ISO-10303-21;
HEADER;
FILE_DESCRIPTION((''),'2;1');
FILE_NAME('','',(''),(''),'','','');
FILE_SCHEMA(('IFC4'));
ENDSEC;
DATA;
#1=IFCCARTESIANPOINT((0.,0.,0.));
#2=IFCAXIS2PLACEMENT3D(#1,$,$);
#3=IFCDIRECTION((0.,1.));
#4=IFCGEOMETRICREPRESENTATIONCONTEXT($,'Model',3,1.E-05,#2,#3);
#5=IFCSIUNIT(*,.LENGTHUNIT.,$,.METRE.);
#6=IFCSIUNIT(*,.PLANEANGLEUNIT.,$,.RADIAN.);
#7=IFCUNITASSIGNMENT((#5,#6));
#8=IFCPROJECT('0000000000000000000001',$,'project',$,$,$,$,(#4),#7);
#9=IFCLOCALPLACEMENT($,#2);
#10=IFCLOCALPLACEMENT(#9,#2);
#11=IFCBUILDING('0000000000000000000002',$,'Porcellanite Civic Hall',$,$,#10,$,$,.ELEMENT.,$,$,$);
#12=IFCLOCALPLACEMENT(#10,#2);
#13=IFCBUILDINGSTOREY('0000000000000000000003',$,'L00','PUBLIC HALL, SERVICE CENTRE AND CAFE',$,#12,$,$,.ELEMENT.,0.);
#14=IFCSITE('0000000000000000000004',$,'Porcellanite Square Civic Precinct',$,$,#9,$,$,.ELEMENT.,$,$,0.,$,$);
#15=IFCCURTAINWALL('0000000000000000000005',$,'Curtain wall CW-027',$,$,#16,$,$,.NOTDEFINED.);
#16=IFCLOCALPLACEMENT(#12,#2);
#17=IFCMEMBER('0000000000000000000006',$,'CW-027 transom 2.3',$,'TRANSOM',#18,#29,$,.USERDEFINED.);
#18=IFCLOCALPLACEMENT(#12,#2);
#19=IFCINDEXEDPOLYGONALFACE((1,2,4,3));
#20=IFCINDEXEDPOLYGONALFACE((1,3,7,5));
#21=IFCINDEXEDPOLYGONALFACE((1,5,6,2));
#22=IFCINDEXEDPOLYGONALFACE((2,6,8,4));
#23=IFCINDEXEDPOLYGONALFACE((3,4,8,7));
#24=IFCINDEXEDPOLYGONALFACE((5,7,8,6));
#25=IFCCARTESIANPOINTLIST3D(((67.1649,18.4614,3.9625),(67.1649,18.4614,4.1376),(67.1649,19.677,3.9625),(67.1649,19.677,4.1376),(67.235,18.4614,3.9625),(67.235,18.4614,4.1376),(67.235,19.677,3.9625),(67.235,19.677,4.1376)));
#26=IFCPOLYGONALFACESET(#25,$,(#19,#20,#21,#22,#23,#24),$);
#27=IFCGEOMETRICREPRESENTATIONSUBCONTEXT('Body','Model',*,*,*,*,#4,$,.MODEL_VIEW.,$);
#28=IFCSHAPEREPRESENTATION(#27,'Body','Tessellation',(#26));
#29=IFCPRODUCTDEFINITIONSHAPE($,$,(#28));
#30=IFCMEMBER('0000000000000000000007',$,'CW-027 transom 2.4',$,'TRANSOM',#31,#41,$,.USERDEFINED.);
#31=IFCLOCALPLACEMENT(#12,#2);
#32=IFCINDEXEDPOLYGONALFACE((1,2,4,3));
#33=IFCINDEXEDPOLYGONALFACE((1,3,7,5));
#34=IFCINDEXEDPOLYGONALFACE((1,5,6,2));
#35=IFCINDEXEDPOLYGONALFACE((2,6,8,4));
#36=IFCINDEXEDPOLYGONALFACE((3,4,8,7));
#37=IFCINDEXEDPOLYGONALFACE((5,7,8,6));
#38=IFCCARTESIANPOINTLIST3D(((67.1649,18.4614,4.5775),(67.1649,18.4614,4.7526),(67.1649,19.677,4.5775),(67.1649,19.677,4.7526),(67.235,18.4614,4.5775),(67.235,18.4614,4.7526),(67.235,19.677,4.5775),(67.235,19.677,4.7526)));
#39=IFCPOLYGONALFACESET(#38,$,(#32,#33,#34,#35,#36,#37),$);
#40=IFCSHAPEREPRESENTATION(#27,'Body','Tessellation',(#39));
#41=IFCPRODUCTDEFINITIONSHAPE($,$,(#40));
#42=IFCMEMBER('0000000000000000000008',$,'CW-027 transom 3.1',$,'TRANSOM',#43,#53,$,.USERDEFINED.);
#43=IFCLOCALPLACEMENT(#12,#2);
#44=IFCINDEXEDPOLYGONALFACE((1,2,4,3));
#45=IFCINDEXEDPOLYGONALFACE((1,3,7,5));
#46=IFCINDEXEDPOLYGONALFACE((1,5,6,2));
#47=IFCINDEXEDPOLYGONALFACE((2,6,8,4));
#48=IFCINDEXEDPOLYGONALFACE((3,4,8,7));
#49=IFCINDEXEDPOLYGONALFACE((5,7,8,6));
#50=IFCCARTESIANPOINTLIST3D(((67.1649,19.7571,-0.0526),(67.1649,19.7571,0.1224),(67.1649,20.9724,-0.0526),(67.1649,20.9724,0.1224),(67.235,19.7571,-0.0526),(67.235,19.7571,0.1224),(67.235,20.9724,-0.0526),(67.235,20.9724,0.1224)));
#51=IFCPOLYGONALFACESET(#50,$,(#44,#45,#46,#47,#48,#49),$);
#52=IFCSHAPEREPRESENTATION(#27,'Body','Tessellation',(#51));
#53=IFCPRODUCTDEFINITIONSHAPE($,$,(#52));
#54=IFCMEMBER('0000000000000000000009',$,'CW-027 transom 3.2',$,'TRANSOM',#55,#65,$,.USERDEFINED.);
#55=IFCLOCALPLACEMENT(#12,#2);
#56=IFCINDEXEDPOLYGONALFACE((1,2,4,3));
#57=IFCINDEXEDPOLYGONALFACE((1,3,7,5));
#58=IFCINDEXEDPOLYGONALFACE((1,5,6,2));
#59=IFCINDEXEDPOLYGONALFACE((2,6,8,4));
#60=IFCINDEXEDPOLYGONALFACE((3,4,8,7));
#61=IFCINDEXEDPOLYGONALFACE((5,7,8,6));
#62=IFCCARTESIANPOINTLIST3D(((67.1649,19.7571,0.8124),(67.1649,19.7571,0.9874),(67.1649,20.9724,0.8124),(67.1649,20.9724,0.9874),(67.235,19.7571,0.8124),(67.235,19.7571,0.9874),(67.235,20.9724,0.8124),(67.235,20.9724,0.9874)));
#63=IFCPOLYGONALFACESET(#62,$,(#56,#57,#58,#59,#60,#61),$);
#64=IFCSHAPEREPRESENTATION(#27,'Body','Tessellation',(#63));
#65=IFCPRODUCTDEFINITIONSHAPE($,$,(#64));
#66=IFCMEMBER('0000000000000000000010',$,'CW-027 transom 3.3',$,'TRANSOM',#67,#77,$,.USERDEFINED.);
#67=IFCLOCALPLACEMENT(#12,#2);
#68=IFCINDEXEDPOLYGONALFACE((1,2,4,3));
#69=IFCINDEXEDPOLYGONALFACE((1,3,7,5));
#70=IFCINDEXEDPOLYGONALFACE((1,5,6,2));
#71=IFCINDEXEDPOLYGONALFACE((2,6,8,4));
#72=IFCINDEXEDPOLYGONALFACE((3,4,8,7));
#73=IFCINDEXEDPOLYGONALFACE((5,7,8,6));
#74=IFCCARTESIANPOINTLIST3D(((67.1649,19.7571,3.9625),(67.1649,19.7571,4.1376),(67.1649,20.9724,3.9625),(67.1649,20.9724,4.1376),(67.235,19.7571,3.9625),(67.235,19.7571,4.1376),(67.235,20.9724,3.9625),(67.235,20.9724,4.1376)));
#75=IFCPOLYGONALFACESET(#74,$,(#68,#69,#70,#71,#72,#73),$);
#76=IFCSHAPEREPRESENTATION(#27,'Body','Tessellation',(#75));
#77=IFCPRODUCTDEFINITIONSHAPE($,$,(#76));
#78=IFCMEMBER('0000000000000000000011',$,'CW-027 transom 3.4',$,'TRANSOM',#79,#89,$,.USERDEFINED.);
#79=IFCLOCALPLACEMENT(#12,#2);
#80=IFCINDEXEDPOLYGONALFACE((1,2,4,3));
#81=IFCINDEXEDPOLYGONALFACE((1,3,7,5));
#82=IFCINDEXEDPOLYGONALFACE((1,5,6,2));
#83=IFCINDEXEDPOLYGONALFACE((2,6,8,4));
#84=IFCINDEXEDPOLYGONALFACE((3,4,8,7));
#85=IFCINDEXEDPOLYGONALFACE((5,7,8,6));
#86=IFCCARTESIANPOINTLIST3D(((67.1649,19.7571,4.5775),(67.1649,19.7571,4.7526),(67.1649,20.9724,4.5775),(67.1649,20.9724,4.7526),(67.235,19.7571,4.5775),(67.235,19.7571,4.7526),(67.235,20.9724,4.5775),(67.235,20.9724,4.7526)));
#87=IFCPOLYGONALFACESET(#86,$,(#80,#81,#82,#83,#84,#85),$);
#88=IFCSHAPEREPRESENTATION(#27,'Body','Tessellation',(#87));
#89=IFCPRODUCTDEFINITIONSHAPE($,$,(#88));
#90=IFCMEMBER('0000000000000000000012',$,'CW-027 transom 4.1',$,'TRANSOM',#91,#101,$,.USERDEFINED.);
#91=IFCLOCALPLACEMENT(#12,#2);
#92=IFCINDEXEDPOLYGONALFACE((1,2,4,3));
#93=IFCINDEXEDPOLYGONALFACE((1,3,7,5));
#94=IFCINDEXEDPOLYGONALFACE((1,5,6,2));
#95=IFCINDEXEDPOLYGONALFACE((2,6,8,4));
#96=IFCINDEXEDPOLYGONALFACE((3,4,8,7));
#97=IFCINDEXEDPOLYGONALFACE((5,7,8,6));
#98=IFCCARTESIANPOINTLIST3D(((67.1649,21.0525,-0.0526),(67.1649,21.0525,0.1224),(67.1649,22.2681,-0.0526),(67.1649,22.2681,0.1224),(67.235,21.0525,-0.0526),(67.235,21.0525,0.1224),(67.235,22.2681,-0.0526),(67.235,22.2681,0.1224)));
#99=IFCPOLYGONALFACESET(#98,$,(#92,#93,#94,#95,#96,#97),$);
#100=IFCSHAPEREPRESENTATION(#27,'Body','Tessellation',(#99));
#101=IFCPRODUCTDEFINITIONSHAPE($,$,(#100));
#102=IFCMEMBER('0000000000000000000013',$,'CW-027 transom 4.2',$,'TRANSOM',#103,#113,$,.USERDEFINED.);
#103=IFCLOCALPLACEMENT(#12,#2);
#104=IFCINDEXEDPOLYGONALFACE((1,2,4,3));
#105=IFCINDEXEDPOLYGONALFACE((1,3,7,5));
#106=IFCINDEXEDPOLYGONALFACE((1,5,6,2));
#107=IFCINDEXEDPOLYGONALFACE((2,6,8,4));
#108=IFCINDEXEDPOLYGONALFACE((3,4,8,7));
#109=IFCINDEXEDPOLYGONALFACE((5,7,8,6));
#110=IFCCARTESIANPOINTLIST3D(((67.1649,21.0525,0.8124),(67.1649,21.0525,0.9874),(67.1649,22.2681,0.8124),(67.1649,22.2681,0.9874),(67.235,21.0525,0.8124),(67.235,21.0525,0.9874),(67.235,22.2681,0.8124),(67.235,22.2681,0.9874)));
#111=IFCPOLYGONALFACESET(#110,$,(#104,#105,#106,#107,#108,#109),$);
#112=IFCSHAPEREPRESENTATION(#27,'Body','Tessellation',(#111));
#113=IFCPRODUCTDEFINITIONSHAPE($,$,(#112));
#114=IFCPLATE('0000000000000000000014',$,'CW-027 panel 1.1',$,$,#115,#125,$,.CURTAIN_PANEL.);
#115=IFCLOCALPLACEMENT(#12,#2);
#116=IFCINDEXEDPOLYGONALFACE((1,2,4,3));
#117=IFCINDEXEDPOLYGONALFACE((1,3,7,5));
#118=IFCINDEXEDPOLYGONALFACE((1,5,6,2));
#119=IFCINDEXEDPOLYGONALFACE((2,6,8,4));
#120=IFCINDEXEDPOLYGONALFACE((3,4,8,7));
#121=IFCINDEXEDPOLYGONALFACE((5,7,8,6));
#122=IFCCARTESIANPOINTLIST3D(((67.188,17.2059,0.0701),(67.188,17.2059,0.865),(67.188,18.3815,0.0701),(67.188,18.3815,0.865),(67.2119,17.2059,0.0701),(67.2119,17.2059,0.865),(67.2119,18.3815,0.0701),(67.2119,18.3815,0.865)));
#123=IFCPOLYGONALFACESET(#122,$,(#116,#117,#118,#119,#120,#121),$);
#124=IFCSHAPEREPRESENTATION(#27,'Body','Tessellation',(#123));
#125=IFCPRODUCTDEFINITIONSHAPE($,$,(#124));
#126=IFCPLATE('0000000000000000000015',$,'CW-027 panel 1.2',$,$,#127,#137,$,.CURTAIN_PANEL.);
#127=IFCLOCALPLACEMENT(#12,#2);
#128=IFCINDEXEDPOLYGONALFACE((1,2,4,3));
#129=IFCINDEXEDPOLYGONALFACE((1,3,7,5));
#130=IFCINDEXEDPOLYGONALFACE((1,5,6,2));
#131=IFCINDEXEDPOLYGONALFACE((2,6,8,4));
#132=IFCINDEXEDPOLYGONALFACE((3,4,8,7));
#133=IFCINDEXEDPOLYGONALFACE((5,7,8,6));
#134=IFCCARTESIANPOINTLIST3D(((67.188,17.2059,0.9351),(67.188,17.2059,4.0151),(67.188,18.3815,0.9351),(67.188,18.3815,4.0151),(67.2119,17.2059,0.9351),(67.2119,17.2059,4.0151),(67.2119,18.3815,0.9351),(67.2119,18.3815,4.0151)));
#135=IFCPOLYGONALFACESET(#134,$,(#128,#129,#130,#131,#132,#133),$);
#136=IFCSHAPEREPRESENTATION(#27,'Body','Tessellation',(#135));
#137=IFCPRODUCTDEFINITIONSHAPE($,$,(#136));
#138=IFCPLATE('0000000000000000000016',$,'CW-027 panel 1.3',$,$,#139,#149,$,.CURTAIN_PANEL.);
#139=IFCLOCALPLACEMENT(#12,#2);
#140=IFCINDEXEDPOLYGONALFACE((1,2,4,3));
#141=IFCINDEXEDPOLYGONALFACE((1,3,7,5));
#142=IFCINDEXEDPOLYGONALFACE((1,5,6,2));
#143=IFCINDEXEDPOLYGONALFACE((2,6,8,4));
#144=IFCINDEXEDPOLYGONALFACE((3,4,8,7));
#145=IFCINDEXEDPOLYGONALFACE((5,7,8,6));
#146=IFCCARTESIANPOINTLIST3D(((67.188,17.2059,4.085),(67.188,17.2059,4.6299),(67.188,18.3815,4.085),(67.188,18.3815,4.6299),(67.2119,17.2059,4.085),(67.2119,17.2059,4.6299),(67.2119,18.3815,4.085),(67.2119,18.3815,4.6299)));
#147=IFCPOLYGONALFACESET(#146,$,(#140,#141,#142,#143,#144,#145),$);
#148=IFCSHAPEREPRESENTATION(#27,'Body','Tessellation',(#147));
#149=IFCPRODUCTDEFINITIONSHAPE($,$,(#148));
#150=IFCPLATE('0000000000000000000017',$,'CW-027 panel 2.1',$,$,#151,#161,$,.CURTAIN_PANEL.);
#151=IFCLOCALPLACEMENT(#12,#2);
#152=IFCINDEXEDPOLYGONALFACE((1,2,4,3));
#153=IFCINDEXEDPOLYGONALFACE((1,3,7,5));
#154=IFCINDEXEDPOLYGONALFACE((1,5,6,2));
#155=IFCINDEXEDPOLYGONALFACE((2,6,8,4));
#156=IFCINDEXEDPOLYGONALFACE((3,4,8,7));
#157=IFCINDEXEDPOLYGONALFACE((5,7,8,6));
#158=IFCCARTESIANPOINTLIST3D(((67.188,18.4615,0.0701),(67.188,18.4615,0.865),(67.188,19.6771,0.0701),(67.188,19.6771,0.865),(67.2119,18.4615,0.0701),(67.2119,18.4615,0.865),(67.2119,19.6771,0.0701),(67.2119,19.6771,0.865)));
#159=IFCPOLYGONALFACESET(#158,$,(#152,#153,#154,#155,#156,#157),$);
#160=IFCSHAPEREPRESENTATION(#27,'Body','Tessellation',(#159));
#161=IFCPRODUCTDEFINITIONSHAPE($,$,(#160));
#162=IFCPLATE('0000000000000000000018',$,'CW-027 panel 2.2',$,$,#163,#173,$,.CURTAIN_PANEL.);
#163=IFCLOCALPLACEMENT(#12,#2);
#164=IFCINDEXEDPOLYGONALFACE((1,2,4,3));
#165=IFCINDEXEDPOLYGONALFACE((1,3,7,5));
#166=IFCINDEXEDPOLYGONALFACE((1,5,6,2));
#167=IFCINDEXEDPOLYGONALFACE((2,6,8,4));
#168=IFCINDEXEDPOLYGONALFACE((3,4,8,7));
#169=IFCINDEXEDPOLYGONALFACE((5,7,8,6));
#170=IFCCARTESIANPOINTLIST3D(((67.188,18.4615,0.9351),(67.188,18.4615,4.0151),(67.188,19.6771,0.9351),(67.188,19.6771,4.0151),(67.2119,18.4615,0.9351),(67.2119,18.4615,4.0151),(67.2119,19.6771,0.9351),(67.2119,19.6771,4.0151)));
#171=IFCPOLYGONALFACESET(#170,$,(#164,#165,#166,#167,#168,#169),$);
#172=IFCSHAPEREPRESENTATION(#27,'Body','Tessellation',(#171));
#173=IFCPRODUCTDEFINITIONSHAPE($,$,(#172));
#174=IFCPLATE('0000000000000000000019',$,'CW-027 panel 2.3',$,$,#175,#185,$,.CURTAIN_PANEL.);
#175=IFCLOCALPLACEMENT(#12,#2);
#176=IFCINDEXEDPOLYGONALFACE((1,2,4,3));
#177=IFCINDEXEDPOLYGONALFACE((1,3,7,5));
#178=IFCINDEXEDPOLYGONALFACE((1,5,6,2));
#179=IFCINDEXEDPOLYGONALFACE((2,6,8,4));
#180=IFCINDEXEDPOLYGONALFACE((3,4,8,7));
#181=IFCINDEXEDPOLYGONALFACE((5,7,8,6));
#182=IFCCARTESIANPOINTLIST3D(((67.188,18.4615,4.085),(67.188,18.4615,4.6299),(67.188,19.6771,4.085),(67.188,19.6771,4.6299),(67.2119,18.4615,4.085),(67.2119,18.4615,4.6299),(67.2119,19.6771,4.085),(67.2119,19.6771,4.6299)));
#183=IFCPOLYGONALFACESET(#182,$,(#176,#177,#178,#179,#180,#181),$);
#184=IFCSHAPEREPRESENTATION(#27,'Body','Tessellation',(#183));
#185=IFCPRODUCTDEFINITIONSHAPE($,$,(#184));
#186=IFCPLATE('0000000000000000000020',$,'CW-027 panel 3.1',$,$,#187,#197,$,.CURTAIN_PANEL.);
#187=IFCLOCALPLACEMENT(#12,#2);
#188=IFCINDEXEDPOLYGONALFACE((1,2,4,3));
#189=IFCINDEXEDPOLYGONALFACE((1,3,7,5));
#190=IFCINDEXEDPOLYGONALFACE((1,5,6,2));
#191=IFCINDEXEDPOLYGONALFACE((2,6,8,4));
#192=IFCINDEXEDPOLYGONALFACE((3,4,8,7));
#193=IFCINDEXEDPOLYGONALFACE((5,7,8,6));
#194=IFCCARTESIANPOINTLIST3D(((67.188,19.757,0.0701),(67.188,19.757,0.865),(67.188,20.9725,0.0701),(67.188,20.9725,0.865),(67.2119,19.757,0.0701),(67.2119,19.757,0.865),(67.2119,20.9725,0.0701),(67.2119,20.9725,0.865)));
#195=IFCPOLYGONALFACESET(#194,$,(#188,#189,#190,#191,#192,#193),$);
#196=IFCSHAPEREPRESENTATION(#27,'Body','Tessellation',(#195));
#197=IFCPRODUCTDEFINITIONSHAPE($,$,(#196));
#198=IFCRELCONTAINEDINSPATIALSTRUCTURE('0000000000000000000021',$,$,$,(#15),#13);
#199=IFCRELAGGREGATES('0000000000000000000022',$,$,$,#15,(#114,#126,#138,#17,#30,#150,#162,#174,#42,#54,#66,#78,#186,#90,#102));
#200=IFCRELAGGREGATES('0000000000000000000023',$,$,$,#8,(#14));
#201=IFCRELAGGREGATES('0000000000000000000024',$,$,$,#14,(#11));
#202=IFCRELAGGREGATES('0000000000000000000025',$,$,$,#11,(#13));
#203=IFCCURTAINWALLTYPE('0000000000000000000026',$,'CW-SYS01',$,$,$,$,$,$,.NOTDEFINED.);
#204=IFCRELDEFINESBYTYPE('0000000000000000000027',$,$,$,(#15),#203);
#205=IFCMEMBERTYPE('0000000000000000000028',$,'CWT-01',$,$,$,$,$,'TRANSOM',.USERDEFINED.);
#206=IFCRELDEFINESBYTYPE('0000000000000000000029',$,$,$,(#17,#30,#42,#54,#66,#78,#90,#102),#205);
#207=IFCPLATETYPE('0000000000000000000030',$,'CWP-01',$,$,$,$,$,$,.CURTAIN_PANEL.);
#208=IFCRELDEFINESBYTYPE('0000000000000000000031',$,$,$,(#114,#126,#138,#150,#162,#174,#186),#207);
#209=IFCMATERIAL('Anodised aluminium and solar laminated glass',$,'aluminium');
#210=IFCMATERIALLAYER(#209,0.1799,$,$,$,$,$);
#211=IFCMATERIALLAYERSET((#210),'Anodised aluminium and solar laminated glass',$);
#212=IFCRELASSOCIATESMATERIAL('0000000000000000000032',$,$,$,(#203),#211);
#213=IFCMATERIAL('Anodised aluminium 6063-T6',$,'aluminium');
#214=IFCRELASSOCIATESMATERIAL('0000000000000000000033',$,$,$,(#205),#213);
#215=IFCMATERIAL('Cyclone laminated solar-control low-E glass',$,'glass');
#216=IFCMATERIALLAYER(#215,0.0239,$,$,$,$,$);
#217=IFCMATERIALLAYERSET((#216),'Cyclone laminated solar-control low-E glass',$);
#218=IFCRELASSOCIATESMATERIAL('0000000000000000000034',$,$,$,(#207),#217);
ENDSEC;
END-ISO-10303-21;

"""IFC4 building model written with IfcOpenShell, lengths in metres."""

from ifc_helpers import new_model, si_unit, direction, frame, origin, origin_2d, place, context, subcontext, project, spatial, rectangle, extrude, material, layer, layer_set, material_profile, profile_set, type_object, element, aggregate, save


model = new_model("IFC4")

# Units and contexts
model_context = context("Model", 3, precision=1e-05, world=origin(), true_north=direction((0.0, 1.0)))
body_context = subcontext(model_context, "Body", "Model", "MODEL_VIEW")
ifc_project = project(units=[si_unit("LENGTHUNIT", "METRE"), si_unit("PLANEANGLEUNIT", "RADIAN")], contexts=[model_context])

# Site, building, storey
site_placement = place(None, origin())
site = spatial("IfcSite", under=ifc_project, at=site_placement, Name="Porcellanite Square Civic Precinct", CompositionType="ELEMENT", RefElevation=0.0)
building_placement = place(site_placement, origin())
building = spatial("IfcBuilding", under=site, at=building_placement, Name="Porcellanite Civic Hall", CompositionType="ELEMENT")
storey_placement = place(building_placement, origin())
storey = spatial("IfcBuildingStorey", under=building, at=storey_placement, Name="L00", Description="PUBLIC HALL, SERVICE CENTRE AND CAFE", CompositionType="ELEMENT", Elevation=0.0)

# Curtain wall, members, plates
ifc_material_1 = material(Name="Anodised aluminium and solar laminated glass", Category="aluminium")
ifc_layer_1 = layer(ifc_material_1, 0.1799)
ifc_layer_set_1 = layer_set([ifc_layer_1], Name="Anodised aluminium and solar laminated glass")
curtain_wall_type = type_object("IfcCurtainWallType", Name="CW-SYS01", PredefinedType="NOTDEFINED", material=ifc_layer_set_1)
curtain_wall_placement = place(storey_placement, origin())
curtain_wall = element("IfcCurtainWall", 1, at=curtain_wall_placement, inside=storey, type_object=curtain_wall_type, Name="Curtain wall CW-027", PredefinedType="NOTDEFINED")
ifc_material_2 = material(Name="Anodised aluminium 6063-T6", Category="aluminium")
ifc_material_profile_1 = material_profile(ifc_material_2, rectangle(XDim=0.0701, YDim=0.175, at=origin_2d()), Name="AL-70x175")
ifc_profile_set_1 = profile_set([ifc_material_profile_1], Name="Anodised aluminium 6063-T6")
member_type_1 = type_object("IfcMemberType", Name="CWT-01", ElementType="TRANSOM", PredefinedType="USERDEFINED", material=ifc_profile_set_1)
member_1_placement = place(storey_placement, frame((67.2, 18.4614, 4.05), z_axis=(0.0, 1.0, 0.0), x_axis=(-1.0, 0.0, 0.0)))
member_1 = element("IfcMember", 2, at=member_1_placement, type_object=member_type_1, Name="CW-027 transom 2.3", ObjectType="TRANSOM", PredefinedType="USERDEFINED", context=body_context, shape_type="SweptSolid", body=[
    extrude(rectangle(XDim=0.0701, YDim=0.175, at=origin_2d()), origin(), (0.0, 0.0, 1.0), 1.2156),
])
member_2_placement = place(storey_placement, frame((67.2, 18.4614, 4.665), z_axis=(0.0, 1.0, 0.0), x_axis=(-1.0, 0.0, 0.0)))
member_2 = element("IfcMember", 3, at=member_2_placement, type_object=member_type_1, Name="CW-027 transom 2.4", ObjectType="TRANSOM", PredefinedType="USERDEFINED", context=body_context, shape_type="SweptSolid", body=[
    extrude(rectangle(XDim=0.0701, YDim=0.175, at=origin_2d()), origin(), (0.0, 0.0, 1.0), 1.2156),
])
member_3_placement = place(storey_placement, frame((67.2, 19.7571, 0.0349), z_axis=(0.0, 1.0, 0.0), x_axis=(-1.0, 0.0, 0.0)))
member_3 = element("IfcMember", 4, at=member_3_placement, type_object=member_type_1, Name="CW-027 transom 3.1", ObjectType="TRANSOM", PredefinedType="USERDEFINED", context=body_context, shape_type="SweptSolid", body=[
    extrude(rectangle(XDim=0.0701, YDim=0.175, at=origin_2d()), origin(), (0.0, 0.0, 1.0), 1.2153),
])
member_4_placement = place(storey_placement, frame((67.2, 19.7571, 0.8999), z_axis=(0.0, 1.0, 0.0), x_axis=(-1.0, 0.0, 0.0)))
member_4 = element("IfcMember", 5, at=member_4_placement, type_object=member_type_1, Name="CW-027 transom 3.2", ObjectType="TRANSOM", PredefinedType="USERDEFINED", context=body_context, shape_type="SweptSolid", body=[
    extrude(rectangle(XDim=0.0701, YDim=0.175, at=origin_2d()), origin(), (0.0, 0.0, 1.0), 1.2153),
])
member_5_placement = place(storey_placement, frame((67.2, 19.7571, 4.05), z_axis=(0.0, 1.0, 0.0), x_axis=(-1.0, 0.0, 0.0)))
member_5 = element("IfcMember", 6, at=member_5_placement, type_object=member_type_1, Name="CW-027 transom 3.3", ObjectType="TRANSOM", PredefinedType="USERDEFINED", context=body_context, shape_type="SweptSolid", body=[
    extrude(rectangle(XDim=0.0701, YDim=0.175, at=origin_2d()), origin(), (0.0, 0.0, 1.0), 1.2153),
])
member_6_placement = place(storey_placement, frame((67.2, 19.7571, 4.665), z_axis=(0.0, 1.0, 0.0), x_axis=(-1.0, 0.0, 0.0)))
member_6 = element("IfcMember", 7, at=member_6_placement, type_object=member_type_1, Name="CW-027 transom 3.4", ObjectType="TRANSOM", PredefinedType="USERDEFINED", context=body_context, shape_type="SweptSolid", body=[
    extrude(rectangle(XDim=0.0701, YDim=0.175, at=origin_2d()), origin(), (0.0, 0.0, 1.0), 1.2153),
])
member_7_placement = place(storey_placement, frame((67.2, 21.0525, 0.0349), z_axis=(0.0, 1.0, 0.0), x_axis=(-1.0, 0.0, 0.0)))
member_7 = element("IfcMember", 8, at=member_7_placement, type_object=member_type_1, Name="CW-027 transom 4.1", ObjectType="TRANSOM", PredefinedType="USERDEFINED", context=body_context, shape_type="SweptSolid", body=[
    extrude(rectangle(XDim=0.0701, YDim=0.175, at=origin_2d()), origin(), (0.0, 0.0, 1.0), 1.2156),
])
member_8_placement = place(storey_placement, frame((67.2, 21.0525, 0.8999), z_axis=(0.0, 1.0, 0.0), x_axis=(-1.0, 0.0, 0.0)))
member_8 = element("IfcMember", 9, at=member_8_placement, type_object=member_type_1, Name="CW-027 transom 4.2", ObjectType="TRANSOM", PredefinedType="USERDEFINED", context=body_context, shape_type="SweptSolid", body=[
    extrude(rectangle(XDim=0.0701, YDim=0.175, at=origin_2d()), origin(), (0.0, 0.0, 1.0), 1.2156),
])
ifc_material_3 = material(Name="Cyclone laminated solar-control low-E glass", Category="glass")
ifc_layer_2 = layer(ifc_material_3, 0.0239)
ifc_layer_set_2 = layer_set([ifc_layer_2], Name="Cyclone laminated solar-control low-E glass")
plate_type = type_object("IfcPlateType", Name="CWP-01", PredefinedType="CURTAIN_PANEL", material=ifc_layer_set_2)
plate_1_placement = place(storey_placement, frame((67.2, 17.7937, 0.0701), z_axis=(0.0, 0.0, 1.0), x_axis=(0.0, 1.0, 0.0)))
plate_1 = element("IfcPlate", 10, at=plate_1_placement, type_object=plate_type, Name="CW-027 panel 1.1", PredefinedType="CURTAIN_PANEL", context=body_context, shape_type="SweptSolid", body=[
    extrude(rectangle(XDim=1.1755, YDim=0.0239, at=origin_2d()), origin(), (0.0, 0.0, 1.0), 0.7949),
])
plate_2_placement = place(storey_placement, frame((67.2, 17.7937, 0.9351), z_axis=(0.0, 0.0, 1.0), x_axis=(0.0, 1.0, 0.0)))
plate_2 = element("IfcPlate", 11, at=plate_2_placement, type_object=plate_type, Name="CW-027 panel 1.2", PredefinedType="CURTAIN_PANEL", context=body_context, shape_type="SweptSolid", body=[
    extrude(rectangle(XDim=1.1755, YDim=0.0239, at=origin_2d()), origin(), (0.0, 0.0, 1.0), 3.0801),
])
plate_3_placement = place(storey_placement, frame((67.2, 17.7937, 4.085), z_axis=(0.0, 0.0, 1.0), x_axis=(0.0, 1.0, 0.0)))
plate_3 = element("IfcPlate", 12, at=plate_3_placement, type_object=plate_type, Name="CW-027 panel 1.3", PredefinedType="CURTAIN_PANEL", context=body_context, shape_type="SweptSolid", body=[
    extrude(rectangle(XDim=1.1755, YDim=0.0239, at=origin_2d()), origin(), (0.0, 0.0, 1.0), 0.5449),
])
plate_4_placement = place(storey_placement, frame((67.2, 19.0693, 0.0701), z_axis=(0.0, 0.0, 1.0), x_axis=(0.0, 1.0, 0.0)))
plate_4 = element("IfcPlate", 13, at=plate_4_placement, type_object=plate_type, Name="CW-027 panel 2.1", PredefinedType="CURTAIN_PANEL", context=body_context, shape_type="SweptSolid", body=[
    extrude(rectangle(XDim=1.2156, YDim=0.0239, at=origin_2d()), origin(), (0.0, 0.0, 1.0), 0.7949),
])
plate_5_placement = place(storey_placement, frame((67.2, 19.0693, 0.9351), z_axis=(0.0, 0.0, 1.0), x_axis=(0.0, 1.0, 0.0)))
plate_5 = element("IfcPlate", 14, at=plate_5_placement, type_object=plate_type, Name="CW-027 panel 2.2", PredefinedType="CURTAIN_PANEL", context=body_context, shape_type="SweptSolid", body=[
    extrude(rectangle(XDim=1.2156, YDim=0.0239, at=origin_2d()), origin(), (0.0, 0.0, 1.0), 3.0801),
])
plate_6_placement = place(storey_placement, frame((67.2, 19.0693, 4.085), z_axis=(0.0, 0.0, 1.0), x_axis=(0.0, 1.0, 0.0)))
plate_6 = element("IfcPlate", 15, at=plate_6_placement, type_object=plate_type, Name="CW-027 panel 2.3", PredefinedType="CURTAIN_PANEL", context=body_context, shape_type="SweptSolid", body=[
    extrude(rectangle(XDim=1.2156, YDim=0.0239, at=origin_2d()), origin(), (0.0, 0.0, 1.0), 0.5449),
])
plate_7_placement = place(storey_placement, frame((67.2, 20.3647, 0.0701), z_axis=(0.0, 0.0, 1.0), x_axis=(0.0, 1.0, 0.0)))
plate_7 = element("IfcPlate", 16, at=plate_7_placement, type_object=plate_type, Name="CW-027 panel 3.1", PredefinedType="CURTAIN_PANEL", context=body_context, shape_type="SweptSolid", body=[
    extrude(rectangle(XDim=1.2156, YDim=0.0239, at=origin_2d()), origin(), (0.0, 0.0, 1.0), 0.7949),
])
aggregate(curtain_wall, [plate_1, plate_2, plate_3, member_1, member_2, plate_4, plate_5, plate_6, member_3, member_4, member_5, member_6, plate_7, member_7, member_8])

save(model, "model.ifc")
